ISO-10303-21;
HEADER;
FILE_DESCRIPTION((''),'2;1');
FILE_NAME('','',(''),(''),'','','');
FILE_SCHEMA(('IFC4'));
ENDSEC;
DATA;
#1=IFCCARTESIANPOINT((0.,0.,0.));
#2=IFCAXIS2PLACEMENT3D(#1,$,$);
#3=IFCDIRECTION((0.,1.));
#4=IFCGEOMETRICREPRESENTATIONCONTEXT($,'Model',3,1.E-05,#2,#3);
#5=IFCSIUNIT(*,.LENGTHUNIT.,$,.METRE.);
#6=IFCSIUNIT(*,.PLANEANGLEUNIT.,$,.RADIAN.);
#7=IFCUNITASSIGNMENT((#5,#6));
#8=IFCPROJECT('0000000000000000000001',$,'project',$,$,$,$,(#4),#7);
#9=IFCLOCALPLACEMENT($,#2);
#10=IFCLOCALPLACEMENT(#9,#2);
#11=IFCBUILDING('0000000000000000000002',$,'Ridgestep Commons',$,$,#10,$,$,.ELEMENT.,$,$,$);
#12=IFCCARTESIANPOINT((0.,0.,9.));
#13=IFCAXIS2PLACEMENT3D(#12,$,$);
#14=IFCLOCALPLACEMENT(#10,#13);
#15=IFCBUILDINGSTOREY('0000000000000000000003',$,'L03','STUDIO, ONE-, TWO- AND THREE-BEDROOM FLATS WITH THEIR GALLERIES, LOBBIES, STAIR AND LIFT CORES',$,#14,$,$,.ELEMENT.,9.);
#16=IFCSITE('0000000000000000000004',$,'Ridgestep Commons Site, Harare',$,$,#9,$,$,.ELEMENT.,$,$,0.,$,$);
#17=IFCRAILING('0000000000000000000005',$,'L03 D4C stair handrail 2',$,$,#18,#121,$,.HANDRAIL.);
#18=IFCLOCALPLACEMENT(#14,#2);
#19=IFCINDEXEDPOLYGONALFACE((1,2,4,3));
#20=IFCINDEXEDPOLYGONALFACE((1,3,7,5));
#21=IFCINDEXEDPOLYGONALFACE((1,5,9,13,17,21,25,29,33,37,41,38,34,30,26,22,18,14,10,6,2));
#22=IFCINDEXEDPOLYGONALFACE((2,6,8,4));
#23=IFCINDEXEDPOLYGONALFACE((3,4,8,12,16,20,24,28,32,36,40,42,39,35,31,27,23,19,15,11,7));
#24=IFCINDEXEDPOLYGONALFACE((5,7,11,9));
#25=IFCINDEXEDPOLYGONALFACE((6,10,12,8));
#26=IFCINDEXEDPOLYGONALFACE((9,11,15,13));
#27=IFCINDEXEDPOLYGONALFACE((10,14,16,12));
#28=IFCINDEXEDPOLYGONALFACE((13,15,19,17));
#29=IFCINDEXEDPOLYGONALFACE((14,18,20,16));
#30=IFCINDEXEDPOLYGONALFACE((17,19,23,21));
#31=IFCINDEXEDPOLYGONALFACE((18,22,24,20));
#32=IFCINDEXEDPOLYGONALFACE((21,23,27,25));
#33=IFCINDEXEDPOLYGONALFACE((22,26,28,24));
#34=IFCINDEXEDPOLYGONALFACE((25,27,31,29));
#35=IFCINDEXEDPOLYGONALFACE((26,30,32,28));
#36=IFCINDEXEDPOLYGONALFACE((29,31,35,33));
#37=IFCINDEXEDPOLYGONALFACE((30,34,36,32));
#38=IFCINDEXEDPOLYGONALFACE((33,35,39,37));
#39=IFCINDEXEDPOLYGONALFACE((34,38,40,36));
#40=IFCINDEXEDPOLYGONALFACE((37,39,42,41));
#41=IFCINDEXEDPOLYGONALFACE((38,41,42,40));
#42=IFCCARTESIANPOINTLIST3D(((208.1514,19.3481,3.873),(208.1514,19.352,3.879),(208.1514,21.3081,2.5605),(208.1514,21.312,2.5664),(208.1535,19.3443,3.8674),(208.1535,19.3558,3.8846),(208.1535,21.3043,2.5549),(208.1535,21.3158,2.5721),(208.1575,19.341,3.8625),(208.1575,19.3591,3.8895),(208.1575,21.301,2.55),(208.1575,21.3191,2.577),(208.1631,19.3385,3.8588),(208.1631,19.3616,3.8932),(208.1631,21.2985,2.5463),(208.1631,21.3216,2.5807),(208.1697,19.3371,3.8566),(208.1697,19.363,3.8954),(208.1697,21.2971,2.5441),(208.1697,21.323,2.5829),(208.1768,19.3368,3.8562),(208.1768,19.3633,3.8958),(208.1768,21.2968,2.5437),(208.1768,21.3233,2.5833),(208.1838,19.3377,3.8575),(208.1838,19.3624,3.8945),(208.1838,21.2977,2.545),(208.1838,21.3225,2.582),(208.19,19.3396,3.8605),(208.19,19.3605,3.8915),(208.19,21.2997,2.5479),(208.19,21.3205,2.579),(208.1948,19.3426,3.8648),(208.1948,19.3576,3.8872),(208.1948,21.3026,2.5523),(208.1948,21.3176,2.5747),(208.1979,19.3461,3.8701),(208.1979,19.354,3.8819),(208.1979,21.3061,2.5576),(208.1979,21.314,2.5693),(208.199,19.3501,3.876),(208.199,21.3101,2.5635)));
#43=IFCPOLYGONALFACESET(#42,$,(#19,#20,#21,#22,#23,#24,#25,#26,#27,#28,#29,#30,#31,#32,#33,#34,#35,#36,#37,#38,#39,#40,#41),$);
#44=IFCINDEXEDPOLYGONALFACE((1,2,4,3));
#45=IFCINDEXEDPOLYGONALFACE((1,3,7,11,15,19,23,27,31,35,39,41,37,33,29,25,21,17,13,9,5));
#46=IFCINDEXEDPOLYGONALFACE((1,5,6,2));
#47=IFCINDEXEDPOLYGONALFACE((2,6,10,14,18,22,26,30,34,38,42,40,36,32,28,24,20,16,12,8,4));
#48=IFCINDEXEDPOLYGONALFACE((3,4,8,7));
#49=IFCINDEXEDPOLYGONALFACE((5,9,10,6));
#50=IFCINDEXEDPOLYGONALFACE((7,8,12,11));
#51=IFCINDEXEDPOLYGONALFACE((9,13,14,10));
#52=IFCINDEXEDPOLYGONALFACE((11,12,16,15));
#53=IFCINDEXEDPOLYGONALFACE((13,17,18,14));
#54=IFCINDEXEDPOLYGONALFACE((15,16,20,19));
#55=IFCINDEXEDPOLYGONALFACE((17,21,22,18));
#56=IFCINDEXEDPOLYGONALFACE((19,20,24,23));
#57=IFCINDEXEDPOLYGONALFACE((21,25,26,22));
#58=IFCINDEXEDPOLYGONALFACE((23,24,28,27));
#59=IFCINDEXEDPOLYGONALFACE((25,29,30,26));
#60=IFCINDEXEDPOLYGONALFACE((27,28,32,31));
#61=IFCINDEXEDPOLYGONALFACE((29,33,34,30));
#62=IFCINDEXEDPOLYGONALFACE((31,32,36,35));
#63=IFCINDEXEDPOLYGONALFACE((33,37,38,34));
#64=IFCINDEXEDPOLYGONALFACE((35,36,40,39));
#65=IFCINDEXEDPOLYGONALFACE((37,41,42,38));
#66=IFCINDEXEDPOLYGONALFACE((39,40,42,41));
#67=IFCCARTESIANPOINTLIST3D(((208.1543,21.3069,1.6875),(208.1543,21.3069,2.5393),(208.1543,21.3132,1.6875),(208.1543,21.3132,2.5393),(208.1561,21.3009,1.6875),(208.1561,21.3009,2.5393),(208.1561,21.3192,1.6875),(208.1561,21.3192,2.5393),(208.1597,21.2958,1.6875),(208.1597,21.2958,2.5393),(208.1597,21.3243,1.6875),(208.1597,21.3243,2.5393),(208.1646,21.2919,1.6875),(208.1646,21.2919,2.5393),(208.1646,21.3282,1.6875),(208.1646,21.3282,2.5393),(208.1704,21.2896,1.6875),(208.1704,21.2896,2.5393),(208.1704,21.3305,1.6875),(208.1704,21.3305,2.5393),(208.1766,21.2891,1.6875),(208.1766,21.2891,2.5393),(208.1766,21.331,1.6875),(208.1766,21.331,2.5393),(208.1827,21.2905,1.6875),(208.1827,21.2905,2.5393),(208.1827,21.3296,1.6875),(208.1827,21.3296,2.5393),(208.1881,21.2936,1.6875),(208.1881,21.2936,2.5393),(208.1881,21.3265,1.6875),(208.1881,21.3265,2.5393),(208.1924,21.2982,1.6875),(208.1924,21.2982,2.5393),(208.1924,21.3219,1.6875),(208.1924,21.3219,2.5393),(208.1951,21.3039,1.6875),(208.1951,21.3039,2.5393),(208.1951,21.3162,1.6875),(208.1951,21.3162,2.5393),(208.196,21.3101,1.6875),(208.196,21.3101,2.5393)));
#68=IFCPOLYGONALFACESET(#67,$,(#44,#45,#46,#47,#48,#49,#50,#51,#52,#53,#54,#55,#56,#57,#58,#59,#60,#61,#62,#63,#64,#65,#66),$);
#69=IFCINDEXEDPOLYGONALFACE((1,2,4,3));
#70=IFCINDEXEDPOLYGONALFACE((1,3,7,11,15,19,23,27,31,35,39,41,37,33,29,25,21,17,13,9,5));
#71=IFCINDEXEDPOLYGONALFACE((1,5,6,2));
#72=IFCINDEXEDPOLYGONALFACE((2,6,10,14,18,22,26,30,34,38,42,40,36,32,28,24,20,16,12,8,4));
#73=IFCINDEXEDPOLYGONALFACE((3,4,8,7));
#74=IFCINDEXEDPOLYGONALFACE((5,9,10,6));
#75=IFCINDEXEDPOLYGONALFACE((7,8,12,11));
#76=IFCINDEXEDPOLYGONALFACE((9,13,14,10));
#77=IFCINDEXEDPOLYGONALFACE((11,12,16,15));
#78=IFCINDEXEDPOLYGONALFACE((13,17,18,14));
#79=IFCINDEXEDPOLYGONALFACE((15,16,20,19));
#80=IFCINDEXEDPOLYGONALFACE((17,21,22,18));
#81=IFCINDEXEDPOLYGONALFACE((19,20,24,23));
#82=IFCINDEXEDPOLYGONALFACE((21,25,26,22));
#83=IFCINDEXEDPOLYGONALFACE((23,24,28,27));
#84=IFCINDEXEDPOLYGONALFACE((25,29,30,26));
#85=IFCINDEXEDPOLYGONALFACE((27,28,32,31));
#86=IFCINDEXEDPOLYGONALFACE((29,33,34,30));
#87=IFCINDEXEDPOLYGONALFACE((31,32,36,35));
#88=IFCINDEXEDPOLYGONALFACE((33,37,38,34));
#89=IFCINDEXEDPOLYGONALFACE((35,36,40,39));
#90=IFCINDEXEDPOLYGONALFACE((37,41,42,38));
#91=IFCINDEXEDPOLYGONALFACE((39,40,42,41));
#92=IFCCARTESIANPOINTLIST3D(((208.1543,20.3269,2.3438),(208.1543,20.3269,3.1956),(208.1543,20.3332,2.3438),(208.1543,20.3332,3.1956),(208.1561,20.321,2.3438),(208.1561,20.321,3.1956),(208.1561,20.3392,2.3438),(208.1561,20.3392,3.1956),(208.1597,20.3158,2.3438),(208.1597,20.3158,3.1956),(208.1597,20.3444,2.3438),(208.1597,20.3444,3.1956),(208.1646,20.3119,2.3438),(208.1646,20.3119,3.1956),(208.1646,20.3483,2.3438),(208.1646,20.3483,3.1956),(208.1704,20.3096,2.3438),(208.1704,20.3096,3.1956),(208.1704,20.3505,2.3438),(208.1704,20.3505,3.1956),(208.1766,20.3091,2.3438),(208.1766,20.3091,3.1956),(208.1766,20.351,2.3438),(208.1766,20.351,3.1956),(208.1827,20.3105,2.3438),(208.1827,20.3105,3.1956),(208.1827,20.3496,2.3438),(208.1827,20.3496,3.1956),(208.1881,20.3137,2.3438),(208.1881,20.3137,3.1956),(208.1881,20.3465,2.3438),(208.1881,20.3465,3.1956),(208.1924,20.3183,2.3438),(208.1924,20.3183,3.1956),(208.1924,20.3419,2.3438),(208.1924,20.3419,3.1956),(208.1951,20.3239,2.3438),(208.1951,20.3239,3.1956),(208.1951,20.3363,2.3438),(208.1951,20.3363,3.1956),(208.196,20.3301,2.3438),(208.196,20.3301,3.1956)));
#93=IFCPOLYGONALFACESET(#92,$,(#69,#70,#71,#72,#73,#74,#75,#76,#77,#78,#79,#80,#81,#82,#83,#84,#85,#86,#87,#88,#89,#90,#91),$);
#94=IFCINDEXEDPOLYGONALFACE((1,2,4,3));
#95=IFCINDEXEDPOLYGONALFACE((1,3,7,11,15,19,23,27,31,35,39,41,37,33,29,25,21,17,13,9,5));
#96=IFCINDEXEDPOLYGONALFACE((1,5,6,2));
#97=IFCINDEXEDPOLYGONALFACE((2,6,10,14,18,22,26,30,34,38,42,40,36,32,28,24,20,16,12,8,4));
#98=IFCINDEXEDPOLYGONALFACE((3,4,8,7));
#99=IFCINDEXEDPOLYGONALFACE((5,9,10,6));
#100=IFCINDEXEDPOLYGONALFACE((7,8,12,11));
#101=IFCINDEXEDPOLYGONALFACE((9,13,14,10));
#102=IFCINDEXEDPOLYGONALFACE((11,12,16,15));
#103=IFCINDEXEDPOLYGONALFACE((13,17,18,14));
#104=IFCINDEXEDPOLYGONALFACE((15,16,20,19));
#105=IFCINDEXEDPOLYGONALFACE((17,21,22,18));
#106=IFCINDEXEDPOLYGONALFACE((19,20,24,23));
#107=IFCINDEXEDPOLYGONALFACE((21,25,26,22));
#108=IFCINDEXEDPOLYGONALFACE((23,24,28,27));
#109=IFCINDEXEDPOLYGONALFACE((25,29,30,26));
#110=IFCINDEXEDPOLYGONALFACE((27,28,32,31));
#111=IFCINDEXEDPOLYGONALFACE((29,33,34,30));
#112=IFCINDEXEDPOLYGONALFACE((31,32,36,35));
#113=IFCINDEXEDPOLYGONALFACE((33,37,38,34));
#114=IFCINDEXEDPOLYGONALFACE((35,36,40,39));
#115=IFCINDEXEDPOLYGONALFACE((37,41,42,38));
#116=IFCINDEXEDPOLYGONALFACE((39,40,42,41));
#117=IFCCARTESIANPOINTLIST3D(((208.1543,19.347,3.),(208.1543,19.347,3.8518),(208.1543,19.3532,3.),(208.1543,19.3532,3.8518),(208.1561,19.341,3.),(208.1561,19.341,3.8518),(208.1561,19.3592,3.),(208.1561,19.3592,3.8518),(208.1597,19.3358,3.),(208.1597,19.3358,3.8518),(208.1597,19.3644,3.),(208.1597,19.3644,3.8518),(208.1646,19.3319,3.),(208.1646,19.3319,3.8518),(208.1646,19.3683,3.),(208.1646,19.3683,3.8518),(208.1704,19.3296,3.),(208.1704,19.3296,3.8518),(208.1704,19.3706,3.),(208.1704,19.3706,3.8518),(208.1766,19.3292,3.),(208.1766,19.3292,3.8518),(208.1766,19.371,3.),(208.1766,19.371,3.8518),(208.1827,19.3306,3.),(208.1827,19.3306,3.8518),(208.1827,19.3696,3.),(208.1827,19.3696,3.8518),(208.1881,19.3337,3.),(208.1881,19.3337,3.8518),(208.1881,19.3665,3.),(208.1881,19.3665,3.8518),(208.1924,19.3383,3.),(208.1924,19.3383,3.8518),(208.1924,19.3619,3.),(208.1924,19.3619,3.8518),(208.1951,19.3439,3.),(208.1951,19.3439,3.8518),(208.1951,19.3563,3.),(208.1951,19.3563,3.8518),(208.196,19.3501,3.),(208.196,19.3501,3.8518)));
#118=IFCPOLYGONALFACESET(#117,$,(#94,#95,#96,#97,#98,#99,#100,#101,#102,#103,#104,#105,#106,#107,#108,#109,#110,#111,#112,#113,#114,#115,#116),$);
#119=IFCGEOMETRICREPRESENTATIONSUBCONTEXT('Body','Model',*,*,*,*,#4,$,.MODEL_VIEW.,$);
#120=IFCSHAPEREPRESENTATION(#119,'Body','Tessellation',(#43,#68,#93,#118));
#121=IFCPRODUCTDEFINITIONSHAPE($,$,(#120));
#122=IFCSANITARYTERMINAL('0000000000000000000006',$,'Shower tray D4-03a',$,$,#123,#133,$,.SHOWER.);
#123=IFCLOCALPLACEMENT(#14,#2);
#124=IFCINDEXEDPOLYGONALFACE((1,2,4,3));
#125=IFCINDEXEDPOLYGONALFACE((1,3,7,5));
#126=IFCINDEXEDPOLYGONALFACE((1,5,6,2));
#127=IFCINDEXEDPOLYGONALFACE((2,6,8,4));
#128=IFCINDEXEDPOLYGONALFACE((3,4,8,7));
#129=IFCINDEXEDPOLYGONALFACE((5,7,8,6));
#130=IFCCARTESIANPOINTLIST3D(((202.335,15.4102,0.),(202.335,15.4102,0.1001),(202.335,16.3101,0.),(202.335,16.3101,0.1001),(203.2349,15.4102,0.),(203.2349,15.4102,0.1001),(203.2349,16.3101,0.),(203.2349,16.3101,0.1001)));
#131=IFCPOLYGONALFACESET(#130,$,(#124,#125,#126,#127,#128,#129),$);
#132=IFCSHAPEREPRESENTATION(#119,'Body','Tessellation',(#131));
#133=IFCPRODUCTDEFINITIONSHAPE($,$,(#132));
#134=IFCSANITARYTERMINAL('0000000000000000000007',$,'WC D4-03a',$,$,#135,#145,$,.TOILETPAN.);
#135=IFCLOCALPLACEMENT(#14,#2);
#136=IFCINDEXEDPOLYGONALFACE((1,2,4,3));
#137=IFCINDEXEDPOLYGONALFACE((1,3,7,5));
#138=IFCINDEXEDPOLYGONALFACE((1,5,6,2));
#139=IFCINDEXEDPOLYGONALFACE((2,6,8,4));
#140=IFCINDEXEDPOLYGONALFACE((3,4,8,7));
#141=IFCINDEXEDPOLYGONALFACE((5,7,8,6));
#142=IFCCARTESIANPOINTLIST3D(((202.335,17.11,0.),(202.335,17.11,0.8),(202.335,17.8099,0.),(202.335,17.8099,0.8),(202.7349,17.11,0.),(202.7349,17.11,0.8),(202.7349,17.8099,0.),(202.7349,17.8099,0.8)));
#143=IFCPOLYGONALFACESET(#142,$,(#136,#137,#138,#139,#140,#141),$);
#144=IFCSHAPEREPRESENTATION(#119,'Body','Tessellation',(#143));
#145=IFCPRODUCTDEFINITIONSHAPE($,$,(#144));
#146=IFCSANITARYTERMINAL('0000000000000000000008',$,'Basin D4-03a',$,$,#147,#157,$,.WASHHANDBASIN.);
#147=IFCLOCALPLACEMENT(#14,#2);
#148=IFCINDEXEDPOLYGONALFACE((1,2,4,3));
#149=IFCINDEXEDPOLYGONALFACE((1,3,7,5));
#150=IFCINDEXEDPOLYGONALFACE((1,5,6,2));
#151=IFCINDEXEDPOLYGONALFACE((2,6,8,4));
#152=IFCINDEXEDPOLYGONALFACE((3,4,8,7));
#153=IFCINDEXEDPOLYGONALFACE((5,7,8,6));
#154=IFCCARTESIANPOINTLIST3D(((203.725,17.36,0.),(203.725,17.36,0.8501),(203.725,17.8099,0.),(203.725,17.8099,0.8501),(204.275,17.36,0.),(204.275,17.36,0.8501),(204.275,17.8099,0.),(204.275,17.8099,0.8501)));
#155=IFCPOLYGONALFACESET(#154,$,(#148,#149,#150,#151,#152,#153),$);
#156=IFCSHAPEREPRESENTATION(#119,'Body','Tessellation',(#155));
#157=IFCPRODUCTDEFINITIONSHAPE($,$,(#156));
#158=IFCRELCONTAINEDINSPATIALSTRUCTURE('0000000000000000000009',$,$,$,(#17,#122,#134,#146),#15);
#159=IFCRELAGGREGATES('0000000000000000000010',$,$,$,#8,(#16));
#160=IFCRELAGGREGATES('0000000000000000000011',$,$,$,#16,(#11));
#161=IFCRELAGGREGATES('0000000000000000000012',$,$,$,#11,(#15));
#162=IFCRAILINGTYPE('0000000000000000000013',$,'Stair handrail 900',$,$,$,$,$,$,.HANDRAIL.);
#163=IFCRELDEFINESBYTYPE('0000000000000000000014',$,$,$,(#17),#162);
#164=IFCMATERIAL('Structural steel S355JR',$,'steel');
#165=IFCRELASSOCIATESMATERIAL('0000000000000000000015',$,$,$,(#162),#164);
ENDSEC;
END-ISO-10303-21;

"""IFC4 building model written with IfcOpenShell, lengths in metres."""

from ifc_helpers import new_model, si_unit, direction, frame, origin, origin_2d, place, context, subcontext, project, spatial, rectangle, circle, extrude, material, type_object, element, save


model = new_model("IFC4")

# Units and contexts
model_context = context("Model", 3, precision=1e-05, world=origin(), true_north=direction((0.0, 1.0)))
body_context = subcontext(model_context, "Body", "Model", "MODEL_VIEW")
ifc_project = project(units=[si_unit("LENGTHUNIT", "METRE"), si_unit("PLANEANGLEUNIT", "RADIAN")], contexts=[model_context])

# Site, building, storey
site_placement = place(None, origin())
site = spatial("IfcSite", under=ifc_project, at=site_placement, Name="Ridgestep Commons Site, Harare", CompositionType="ELEMENT", RefElevation=0.0)
building_placement = place(site_placement, origin())
building = spatial("IfcBuilding", under=site, at=building_placement, Name="Ridgestep Commons", CompositionType="ELEMENT")
storey_placement = place(building_placement, frame((0.0, 0.0, 9.0)))
storey = spatial("IfcBuildingStorey", under=building, at=storey_placement, Name="L03", Description="STUDIO, ONE-, TWO- AND THREE-BEDROOM FLATS WITH THEIR GALLERIES, LOBBIES, STAIR AND LIFT CORES", CompositionType="ELEMENT", Elevation=9.0)

# Railing
ifc_material_1 = material(Name="Structural steel S355JR", Category="steel")
railing_type_1 = type_object("IfcRailingType", Name="Stair handrail 900", PredefinedType="HANDRAIL", material=ifc_material_1)
railing_1_placement = place(storey_placement, frame((208.175, 21.3101, 1.6875)))
element("IfcRailing", 1, at=railing_1_placement, inside=storey, type_object=railing_type_1, Name="L03 D4C stair handrail 2", PredefinedType="HANDRAIL", context=body_context, shape_type="SweptSolid", body=[
    extrude(circle(Radius=0.0239, at=origin_2d()), frame((0.0, 0.0, 0.876), z_axis=(0.0, -0.830902, 0.556419), x_axis=(1.0, 0.0, 0.0)), (0.0, 0.0, 1.0), 2.3589),
    extrude(circle(Radius=0.021, at=origin_2d()), origin(), (0.0, 0.0, 1.0), 0.8518),
    extrude(circle(Radius=0.021, at=origin_2d()), frame((0.0, -0.98, 0.6562)), (0.0, 0.0, 1.0), 0.8518),
    extrude(circle(Radius=0.021, at=origin_2d()), frame((0.0, -1.96, 1.3125)), (0.0, 0.0, 1.0), 0.8518),
])

# Sanitary terminals
sanitary_terminal_1_placement = place(storey_placement, frame((202.7849, 15.8601, 0.0), z_axis=(0.0, 0.0, 1.0), x_axis=(1.0, 0.0, 0.0)))
element("IfcSanitaryTerminal", 2, at=sanitary_terminal_1_placement, inside=storey, Name="Shower tray D4-03a", PredefinedType="SHOWER", context=body_context, shape_type="SweptSolid", body=[
    extrude(rectangle(XDim=0.8999, YDim=0.8999, at=origin_2d()), origin(), (0.0, 0.0, 1.0), 0.1001),
])
sanitary_terminal_2_placement = place(storey_placement, frame((202.5349, 17.46, 0.0), z_axis=(0.0, 0.0, 1.0), x_axis=(1.0, 0.0, 0.0)))
element("IfcSanitaryTerminal", 3, at=sanitary_terminal_2_placement, inside=storey, Name="WC D4-03a", PredefinedType="TOILETPAN", context=body_context, shape_type="SweptSolid", body=[
    extrude(rectangle(XDim=0.3999, YDim=0.7, at=origin_2d()), origin(), (0.0, 0.0, 1.0), 0.8),
])
sanitary_terminal_3_placement = place(storey_placement, frame((204.0, 17.585, 0.0), z_axis=(0.0, 0.0, 1.0), x_axis=(1.0, 0.0, 0.0)))
element("IfcSanitaryTerminal", 4, at=sanitary_terminal_3_placement, inside=storey, Name="Basin D4-03a", PredefinedType="WASHHANDBASIN", context=body_context, shape_type="SweptSolid", body=[
    extrude(rectangle(XDim=0.55, YDim=0.45, at=origin_2d()), origin(), (0.0, 0.0, 1.0), 0.8501),
])

save(model, "model.ifc")
